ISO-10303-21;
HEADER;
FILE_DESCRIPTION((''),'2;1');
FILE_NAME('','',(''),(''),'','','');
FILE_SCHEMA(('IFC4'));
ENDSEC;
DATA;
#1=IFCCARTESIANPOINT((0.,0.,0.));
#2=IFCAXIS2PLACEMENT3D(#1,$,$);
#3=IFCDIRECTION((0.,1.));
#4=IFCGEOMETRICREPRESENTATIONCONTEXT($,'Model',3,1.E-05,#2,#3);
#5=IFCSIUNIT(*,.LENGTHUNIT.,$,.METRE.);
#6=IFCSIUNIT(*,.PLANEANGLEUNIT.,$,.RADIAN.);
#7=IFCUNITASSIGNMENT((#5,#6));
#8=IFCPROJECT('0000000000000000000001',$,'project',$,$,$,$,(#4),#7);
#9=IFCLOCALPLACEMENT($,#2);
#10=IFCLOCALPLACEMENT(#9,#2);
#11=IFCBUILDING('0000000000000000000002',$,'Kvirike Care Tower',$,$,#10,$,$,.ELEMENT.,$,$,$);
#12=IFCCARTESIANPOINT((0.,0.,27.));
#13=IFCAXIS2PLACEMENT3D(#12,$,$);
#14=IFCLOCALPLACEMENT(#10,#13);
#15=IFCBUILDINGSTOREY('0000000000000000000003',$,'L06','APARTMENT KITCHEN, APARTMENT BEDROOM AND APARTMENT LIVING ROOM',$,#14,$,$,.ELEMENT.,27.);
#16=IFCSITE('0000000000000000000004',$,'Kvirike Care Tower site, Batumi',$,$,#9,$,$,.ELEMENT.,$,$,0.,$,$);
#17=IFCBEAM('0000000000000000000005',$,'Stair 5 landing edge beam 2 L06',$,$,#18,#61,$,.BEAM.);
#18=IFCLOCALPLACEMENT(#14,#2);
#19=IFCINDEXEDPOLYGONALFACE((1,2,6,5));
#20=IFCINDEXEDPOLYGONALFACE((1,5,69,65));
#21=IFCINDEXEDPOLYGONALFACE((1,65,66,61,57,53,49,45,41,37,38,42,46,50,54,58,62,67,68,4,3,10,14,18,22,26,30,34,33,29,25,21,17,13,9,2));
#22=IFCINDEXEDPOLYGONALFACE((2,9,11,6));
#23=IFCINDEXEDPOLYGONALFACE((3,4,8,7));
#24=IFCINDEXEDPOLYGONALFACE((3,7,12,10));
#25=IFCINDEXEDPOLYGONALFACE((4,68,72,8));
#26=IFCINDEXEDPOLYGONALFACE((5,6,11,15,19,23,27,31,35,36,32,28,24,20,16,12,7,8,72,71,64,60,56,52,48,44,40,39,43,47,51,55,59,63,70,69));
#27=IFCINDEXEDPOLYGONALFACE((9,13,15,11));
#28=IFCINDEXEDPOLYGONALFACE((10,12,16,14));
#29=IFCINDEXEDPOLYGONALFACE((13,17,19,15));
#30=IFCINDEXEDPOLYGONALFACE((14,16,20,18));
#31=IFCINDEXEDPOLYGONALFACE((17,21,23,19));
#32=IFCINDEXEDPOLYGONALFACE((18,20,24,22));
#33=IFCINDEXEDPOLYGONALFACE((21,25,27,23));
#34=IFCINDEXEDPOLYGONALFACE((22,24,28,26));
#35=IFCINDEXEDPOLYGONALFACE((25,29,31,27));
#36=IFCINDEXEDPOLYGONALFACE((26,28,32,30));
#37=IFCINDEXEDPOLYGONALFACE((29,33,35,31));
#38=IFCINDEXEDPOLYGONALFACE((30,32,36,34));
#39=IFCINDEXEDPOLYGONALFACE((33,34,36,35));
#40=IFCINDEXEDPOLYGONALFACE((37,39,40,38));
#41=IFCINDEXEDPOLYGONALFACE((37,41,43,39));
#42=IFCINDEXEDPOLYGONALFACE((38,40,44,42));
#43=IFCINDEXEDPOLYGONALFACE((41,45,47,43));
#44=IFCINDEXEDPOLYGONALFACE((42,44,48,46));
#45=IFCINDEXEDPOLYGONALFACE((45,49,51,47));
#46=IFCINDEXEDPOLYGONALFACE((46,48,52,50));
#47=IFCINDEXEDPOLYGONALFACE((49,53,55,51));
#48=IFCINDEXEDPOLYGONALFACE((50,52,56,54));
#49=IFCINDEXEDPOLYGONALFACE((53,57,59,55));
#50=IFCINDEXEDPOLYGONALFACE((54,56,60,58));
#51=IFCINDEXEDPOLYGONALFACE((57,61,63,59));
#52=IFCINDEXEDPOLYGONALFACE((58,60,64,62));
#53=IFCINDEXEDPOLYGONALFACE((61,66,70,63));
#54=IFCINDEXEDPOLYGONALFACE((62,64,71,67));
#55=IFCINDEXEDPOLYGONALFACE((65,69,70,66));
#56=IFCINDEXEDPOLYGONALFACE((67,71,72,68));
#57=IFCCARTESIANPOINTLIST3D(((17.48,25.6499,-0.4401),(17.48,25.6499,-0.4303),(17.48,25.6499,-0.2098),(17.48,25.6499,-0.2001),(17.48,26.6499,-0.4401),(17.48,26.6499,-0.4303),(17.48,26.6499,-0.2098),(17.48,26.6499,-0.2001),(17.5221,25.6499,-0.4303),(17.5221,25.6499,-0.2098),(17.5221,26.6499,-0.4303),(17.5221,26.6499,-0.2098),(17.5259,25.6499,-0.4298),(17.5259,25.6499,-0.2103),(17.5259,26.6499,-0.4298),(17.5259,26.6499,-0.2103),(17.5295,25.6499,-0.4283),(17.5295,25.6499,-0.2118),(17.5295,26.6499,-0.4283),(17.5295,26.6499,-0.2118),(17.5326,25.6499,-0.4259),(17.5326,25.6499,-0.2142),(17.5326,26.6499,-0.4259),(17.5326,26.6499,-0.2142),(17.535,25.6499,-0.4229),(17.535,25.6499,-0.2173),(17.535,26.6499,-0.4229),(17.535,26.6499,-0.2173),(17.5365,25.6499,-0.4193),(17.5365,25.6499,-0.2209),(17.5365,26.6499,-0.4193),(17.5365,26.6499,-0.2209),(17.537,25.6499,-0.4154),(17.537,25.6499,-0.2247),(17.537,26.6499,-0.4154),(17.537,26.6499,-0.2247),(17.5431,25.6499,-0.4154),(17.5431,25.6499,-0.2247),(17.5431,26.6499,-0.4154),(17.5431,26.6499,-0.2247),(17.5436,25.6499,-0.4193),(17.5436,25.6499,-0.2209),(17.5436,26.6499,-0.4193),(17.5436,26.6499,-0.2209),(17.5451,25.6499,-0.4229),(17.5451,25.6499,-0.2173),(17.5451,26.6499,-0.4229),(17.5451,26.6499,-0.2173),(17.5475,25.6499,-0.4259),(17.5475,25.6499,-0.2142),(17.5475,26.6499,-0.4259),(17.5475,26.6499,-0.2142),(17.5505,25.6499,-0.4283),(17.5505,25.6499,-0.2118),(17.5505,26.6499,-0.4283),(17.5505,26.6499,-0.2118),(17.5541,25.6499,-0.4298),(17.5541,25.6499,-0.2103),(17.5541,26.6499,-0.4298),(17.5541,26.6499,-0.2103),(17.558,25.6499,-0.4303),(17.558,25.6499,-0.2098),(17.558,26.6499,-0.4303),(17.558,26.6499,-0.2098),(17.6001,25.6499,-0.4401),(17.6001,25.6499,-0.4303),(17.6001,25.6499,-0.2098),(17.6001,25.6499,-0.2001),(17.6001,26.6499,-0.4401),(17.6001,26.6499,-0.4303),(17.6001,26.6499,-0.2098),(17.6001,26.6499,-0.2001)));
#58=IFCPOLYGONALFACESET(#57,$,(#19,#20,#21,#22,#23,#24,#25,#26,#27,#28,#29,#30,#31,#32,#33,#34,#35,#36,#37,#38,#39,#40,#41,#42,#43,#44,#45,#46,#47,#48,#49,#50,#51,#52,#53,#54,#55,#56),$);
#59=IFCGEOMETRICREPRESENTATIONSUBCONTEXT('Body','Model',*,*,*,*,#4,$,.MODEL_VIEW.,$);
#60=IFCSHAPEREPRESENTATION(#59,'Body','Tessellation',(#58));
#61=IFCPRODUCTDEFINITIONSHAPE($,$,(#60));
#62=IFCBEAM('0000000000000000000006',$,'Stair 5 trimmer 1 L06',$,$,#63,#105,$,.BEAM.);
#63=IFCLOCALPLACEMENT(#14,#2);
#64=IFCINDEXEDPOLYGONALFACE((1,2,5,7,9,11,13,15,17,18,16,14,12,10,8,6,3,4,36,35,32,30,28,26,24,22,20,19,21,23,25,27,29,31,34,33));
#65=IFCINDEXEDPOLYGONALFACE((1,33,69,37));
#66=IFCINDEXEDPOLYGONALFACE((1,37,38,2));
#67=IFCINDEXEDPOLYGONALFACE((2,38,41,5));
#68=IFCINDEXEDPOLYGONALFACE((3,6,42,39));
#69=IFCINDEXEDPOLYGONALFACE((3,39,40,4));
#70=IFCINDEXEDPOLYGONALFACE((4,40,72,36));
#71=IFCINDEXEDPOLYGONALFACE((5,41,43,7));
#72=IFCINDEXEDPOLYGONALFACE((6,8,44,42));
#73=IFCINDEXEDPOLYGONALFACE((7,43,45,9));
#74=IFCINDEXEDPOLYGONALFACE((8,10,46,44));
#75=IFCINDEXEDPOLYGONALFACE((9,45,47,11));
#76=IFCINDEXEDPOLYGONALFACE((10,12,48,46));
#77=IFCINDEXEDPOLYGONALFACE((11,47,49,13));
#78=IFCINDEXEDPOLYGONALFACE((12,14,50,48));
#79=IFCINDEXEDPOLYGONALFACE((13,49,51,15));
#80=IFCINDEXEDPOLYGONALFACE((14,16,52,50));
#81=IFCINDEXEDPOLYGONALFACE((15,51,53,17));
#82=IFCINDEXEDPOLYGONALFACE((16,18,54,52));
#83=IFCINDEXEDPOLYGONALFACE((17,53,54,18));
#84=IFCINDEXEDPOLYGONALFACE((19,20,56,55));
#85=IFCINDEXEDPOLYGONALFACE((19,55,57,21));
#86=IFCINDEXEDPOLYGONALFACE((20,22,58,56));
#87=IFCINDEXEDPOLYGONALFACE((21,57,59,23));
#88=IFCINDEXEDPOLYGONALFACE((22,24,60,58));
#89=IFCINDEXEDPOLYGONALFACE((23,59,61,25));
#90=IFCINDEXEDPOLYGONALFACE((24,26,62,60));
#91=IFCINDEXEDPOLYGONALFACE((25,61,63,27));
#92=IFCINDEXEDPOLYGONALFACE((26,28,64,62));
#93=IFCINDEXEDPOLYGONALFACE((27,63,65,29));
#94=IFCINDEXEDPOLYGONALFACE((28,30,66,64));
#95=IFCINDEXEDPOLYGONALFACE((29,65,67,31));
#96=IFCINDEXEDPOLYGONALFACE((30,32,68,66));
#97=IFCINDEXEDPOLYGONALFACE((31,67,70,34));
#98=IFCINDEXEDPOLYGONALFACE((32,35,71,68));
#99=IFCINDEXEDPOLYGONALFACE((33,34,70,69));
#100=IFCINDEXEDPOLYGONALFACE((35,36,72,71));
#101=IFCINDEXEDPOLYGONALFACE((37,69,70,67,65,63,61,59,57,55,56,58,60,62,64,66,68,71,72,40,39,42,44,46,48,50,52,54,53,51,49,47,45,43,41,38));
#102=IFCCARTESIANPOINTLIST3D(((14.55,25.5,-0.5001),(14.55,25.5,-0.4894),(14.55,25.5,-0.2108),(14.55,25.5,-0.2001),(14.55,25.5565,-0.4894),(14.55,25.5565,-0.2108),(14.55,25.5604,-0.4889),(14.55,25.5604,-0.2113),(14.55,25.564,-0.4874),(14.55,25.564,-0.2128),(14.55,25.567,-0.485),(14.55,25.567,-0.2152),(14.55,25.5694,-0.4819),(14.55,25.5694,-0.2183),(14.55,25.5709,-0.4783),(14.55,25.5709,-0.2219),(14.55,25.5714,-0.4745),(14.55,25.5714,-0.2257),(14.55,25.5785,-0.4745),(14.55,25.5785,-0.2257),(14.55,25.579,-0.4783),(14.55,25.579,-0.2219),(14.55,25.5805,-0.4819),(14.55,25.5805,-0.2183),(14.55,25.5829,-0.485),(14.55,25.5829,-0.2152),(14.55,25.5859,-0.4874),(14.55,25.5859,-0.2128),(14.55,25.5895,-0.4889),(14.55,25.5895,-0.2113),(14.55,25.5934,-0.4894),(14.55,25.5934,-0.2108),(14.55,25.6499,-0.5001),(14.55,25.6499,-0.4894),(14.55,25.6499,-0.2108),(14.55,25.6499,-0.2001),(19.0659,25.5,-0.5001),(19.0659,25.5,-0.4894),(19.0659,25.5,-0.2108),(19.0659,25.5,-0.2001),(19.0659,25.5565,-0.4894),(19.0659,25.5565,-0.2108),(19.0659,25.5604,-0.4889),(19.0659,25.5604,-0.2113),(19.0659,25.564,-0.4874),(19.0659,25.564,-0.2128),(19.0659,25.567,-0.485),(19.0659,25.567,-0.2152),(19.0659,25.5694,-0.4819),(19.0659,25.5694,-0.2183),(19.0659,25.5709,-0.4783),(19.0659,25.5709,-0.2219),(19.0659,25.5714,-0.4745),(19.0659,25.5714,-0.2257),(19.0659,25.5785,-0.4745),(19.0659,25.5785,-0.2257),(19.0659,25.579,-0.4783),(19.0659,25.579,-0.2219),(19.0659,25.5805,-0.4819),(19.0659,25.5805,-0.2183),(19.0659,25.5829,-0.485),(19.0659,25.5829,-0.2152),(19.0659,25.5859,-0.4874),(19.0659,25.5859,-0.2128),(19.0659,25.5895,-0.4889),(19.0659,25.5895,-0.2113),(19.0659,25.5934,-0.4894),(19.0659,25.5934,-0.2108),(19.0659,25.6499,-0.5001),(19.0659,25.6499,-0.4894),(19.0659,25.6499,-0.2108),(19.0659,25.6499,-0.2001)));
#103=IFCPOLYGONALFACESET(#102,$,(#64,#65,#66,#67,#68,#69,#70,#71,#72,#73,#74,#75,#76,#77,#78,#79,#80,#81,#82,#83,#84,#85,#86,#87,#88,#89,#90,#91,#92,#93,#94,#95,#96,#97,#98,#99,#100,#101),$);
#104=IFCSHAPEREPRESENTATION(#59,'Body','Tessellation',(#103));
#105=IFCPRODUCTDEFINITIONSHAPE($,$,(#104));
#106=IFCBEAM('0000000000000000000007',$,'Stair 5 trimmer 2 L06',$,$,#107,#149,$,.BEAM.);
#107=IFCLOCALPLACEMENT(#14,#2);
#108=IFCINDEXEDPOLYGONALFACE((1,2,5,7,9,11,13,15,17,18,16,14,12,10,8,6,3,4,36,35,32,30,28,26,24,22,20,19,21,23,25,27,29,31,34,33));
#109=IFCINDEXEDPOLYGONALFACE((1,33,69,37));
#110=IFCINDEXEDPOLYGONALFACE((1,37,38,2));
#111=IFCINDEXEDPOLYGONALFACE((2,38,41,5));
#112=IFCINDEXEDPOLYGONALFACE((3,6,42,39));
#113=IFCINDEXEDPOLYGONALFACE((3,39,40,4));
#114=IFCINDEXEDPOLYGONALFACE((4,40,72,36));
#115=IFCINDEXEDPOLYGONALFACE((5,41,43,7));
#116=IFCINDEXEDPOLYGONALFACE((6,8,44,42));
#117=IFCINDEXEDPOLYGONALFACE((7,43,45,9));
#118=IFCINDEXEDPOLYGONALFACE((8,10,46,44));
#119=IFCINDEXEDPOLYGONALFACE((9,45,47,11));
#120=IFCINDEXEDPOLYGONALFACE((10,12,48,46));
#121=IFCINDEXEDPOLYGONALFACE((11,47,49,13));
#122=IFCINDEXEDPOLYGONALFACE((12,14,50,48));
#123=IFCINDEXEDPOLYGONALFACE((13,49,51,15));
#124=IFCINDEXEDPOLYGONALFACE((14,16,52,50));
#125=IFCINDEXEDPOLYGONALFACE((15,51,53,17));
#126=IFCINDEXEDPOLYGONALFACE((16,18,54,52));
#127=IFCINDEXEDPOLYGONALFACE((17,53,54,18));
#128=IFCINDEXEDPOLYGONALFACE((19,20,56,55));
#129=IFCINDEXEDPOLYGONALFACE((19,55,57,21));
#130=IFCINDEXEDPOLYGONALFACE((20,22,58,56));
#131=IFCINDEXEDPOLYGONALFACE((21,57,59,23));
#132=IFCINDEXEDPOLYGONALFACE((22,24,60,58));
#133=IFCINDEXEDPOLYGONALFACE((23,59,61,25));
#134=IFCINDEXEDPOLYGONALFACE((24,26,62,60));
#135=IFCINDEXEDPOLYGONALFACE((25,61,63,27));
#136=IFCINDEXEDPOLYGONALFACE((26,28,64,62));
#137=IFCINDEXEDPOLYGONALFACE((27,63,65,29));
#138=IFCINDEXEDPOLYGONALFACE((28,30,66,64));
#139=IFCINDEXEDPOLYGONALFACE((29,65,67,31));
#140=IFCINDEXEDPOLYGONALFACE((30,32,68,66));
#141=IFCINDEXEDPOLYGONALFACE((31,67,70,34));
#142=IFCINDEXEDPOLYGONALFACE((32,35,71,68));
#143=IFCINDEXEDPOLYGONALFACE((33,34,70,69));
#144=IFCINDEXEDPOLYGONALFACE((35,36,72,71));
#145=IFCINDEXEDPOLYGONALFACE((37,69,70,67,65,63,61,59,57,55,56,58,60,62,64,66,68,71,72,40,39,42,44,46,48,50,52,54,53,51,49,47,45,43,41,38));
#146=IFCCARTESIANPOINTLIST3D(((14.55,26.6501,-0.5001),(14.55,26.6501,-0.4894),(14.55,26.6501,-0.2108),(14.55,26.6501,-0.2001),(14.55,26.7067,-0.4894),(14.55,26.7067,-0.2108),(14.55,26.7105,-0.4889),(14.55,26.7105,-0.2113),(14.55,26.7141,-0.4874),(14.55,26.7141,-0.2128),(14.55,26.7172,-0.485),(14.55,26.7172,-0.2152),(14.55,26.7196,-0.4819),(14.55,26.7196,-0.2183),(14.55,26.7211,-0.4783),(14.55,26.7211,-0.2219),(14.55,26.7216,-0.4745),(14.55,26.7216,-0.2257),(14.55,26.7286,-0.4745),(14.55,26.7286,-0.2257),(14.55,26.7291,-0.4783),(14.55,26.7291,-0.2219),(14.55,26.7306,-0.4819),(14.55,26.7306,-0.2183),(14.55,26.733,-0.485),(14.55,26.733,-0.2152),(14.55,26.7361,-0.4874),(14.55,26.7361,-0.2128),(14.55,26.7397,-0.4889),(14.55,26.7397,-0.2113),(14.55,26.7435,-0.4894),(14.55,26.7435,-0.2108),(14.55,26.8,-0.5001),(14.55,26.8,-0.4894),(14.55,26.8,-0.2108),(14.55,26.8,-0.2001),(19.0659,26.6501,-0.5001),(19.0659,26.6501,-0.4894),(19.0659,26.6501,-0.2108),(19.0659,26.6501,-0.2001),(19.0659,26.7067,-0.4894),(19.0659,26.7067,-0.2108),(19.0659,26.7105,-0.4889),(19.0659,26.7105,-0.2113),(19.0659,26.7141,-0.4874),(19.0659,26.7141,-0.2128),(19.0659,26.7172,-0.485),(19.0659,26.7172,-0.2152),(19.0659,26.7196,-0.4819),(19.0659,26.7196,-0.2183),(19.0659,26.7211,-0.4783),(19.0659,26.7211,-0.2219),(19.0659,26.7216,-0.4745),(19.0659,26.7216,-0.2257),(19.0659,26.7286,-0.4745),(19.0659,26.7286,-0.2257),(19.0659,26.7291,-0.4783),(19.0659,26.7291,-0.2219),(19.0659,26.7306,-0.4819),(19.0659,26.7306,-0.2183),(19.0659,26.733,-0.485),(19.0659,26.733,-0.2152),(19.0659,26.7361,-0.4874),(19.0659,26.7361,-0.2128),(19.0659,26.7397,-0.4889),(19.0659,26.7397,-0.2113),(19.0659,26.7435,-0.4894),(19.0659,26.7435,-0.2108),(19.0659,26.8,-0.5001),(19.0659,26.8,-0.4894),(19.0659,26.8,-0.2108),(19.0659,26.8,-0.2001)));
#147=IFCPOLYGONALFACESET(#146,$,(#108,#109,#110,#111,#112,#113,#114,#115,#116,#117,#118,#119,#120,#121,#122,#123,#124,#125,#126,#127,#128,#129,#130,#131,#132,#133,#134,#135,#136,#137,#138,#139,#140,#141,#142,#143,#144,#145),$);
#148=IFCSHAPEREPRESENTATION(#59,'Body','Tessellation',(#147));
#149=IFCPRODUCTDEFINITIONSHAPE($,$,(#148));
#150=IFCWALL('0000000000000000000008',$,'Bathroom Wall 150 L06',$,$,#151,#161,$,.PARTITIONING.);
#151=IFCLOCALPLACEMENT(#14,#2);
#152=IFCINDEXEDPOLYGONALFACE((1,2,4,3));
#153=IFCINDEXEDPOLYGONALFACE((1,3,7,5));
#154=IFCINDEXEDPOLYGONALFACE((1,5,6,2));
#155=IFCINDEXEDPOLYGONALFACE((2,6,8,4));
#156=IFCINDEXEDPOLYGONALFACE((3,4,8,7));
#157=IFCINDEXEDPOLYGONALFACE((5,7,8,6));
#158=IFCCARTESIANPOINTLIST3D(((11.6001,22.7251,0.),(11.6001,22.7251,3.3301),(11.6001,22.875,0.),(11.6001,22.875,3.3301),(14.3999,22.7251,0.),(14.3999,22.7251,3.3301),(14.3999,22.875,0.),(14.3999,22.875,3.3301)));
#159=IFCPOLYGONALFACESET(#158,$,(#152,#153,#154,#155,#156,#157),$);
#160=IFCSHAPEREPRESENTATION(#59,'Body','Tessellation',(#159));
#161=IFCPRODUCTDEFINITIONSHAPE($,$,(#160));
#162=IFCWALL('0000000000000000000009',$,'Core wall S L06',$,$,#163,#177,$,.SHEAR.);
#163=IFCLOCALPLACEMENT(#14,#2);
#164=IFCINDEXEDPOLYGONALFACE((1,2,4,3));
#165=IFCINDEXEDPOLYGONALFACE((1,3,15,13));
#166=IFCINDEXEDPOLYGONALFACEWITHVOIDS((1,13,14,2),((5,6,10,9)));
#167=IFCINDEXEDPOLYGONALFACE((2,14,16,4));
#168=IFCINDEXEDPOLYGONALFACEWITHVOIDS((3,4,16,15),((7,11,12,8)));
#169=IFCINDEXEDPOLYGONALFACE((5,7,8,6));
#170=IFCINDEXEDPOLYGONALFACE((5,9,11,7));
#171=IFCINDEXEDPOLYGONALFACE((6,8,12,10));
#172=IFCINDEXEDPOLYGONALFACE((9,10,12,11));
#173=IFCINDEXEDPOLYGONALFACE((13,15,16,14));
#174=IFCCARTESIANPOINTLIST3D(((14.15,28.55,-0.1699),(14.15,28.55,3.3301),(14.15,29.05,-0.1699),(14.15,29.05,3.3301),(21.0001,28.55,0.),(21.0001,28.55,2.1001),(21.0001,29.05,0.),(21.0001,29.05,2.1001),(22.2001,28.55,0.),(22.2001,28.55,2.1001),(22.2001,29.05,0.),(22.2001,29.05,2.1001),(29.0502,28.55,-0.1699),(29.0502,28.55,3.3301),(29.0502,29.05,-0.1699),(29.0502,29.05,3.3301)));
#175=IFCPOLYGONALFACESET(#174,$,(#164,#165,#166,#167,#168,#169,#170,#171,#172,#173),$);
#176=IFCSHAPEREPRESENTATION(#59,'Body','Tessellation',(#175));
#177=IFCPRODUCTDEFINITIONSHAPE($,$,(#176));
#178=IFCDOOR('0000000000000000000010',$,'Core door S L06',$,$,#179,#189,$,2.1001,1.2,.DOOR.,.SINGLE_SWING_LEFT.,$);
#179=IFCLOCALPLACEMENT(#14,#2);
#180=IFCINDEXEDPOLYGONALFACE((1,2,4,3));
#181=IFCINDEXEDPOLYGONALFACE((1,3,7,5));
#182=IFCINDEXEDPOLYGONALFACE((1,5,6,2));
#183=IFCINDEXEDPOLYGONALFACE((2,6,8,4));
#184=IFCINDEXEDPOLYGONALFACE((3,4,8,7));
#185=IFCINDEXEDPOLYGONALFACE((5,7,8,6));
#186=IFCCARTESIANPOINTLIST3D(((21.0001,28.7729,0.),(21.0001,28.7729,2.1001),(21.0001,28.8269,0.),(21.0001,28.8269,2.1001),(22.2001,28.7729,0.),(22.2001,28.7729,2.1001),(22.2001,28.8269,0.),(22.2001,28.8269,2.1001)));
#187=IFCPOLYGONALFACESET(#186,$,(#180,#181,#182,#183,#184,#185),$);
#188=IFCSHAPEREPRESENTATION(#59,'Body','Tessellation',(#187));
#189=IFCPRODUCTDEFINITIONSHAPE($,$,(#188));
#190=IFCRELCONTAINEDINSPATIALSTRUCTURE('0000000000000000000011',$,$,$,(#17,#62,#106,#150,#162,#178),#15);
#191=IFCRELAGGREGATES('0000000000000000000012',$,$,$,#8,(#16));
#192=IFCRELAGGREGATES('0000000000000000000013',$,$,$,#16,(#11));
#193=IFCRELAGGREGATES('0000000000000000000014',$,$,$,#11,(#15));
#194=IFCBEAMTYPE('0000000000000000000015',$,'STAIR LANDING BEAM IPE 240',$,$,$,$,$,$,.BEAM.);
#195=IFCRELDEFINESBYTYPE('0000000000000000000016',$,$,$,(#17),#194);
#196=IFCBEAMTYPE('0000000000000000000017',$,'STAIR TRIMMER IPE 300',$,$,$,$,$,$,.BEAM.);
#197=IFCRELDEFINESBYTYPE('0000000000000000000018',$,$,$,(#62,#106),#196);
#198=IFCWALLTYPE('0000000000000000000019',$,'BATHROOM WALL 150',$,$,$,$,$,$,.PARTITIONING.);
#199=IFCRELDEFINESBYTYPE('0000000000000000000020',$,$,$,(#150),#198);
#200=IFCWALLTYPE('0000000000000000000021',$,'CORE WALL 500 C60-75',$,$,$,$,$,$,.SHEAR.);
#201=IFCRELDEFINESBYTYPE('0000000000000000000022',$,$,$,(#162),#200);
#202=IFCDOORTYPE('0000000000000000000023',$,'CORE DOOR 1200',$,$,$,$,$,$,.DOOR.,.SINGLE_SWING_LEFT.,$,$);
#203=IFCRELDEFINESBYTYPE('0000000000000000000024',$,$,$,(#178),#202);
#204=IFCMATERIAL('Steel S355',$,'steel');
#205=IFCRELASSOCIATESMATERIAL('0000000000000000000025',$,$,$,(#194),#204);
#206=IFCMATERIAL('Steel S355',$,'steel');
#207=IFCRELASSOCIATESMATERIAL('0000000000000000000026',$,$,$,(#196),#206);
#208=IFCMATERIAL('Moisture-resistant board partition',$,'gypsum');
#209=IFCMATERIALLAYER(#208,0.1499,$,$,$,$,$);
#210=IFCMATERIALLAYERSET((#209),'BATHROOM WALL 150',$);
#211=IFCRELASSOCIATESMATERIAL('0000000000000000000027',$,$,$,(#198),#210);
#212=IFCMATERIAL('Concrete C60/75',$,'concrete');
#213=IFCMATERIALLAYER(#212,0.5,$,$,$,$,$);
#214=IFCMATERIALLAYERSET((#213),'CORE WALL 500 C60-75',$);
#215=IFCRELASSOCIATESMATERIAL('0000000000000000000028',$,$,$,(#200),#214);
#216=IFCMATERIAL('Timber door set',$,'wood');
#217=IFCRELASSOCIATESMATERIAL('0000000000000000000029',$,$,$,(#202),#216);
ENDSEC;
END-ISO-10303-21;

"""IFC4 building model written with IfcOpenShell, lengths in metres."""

from ifc_helpers import new_model, si_unit, direction, frame, frame_2d, origin, origin_2d, place, context, subcontext, project, spatial, rectangle, i_section, extrude, material, layer, layer_set, material_profile, profile_set, type_object, element, fill, save


model = new_model("IFC4")

# Units and contexts
model_context = context("Model", 3, precision=1e-05, world=origin(), true_north=direction((0.0, 1.0)))
body_context = subcontext(model_context, "Body", "Model", "MODEL_VIEW")
ifc_project = project(units=[si_unit("LENGTHUNIT", "METRE"), si_unit("PLANEANGLEUNIT", "RADIAN")], contexts=[model_context])

# Site, building, storey
site_placement = place(None, origin())
site = spatial("IfcSite", under=ifc_project, at=site_placement, Name="Kvirike Care Tower site, Batumi", CompositionType="ELEMENT", RefElevation=0.0)
building_placement = place(site_placement, origin())
building = spatial("IfcBuilding", under=site, at=building_placement, Name="Kvirike Care Tower", CompositionType="ELEMENT")
storey_placement = place(building_placement, frame((0.0, 0.0, 27.0)))
storey = spatial("IfcBuildingStorey", under=building, at=storey_placement, Name="L06", Description="APARTMENT KITCHEN, APARTMENT BEDROOM AND APARTMENT LIVING ROOM", CompositionType="ELEMENT", Elevation=27.0)

# Beams
ifc_material_1 = material(Name="Steel S355", Category="steel")
ifc_material_profile_1 = material_profile(ifc_material_1, i_section(OverallWidth=0.1201, OverallDepth=0.24, WebThickness=0.0061, FlangeThickness=0.0098, FilletRadius=0.0149, at=origin_2d()), Name="IPE 240")
ifc_profile_set_1 = profile_set([ifc_material_profile_1], Name="Steel S355")
beam_type_1 = type_object("IfcBeamType", Name="STAIR LANDING BEAM IPE 240", PredefinedType="BEAM", material=ifc_profile_set_1)
for number, where, z_axis, x_axis, name in (
    (1, (17.54, 25.6499, -0.3201), (0.0, 1.0, 0.0), (-1.0, 0.0, 0.0), "Stair 5 landing edge beam 2 L06"),
):
    element("IfcBeam", number, at=place(storey_placement, frame(where, z_axis=z_axis, x_axis=x_axis)), inside=storey, type_object=beam_type_1, Name=name, PredefinedType="BEAM", context=body_context, shape_type="SweptSolid", body=[
        extrude(i_section(OverallWidth=0.1201, OverallDepth=0.24, WebThickness=0.0061, FlangeThickness=0.0098, FilletRadius=0.0149, at=origin_2d()), origin(), (0.0, 0.0, 1.0), 1.0),
    ])
ifc_material_2 = material(Name="Steel S355", Category="steel")
ifc_material_profile_2 = material_profile(ifc_material_2, i_section(OverallWidth=0.1499, OverallDepth=0.3, WebThickness=0.0071, FlangeThickness=0.0107, FilletRadius=0.0149, at=origin_2d()), Name="IPE 300")
ifc_profile_set_2 = profile_set([ifc_material_profile_2], Name="Steel S355")
beam_type_2 = type_object("IfcBeamType", Name="STAIR TRIMMER IPE 300", PredefinedType="BEAM", material=ifc_profile_set_2)
for number, where, z_axis, x_axis, name in (
    (2, (14.55, 25.575, -0.3501), (1.0, 0.0, 0.0), (0.0, 1.0, 0.0), "Stair 5 trimmer 1 L06"),
    (3, (14.55, 26.7251, -0.3501), (1.0, 0.0, 0.0), (0.0, 1.0, 0.0), "Stair 5 trimmer 2 L06"),
):
    element("IfcBeam", number, at=place(storey_placement, frame(where, z_axis=z_axis, x_axis=x_axis)), inside=storey, type_object=beam_type_2, Name=name, PredefinedType="BEAM", context=body_context, shape_type="SweptSolid", body=[
        extrude(i_section(OverallWidth=0.1499, OverallDepth=0.3, WebThickness=0.0071, FlangeThickness=0.0107, FilletRadius=0.0149, at=origin_2d()), origin(), (0.0, 0.0, 1.0), 4.5159),
    ])

# Wall
ifc_material_3 = material(Name="Moisture-resistant board partition", Category="gypsum")
ifc_layer_1 = layer(ifc_material_3, 0.1499)
ifc_layer_set_1 = layer_set([ifc_layer_1], Name="BATHROOM WALL 150")
wall_type_1 = type_object("IfcWallType", Name="BATHROOM WALL 150", PredefinedType="PARTITIONING", material=ifc_layer_set_1)
wall_1_placement = place(storey_placement, frame((11.6001, 22.8, 0.0), z_axis=(0.0, 0.0, 1.0), x_axis=(1.0, 0.0, 0.0)))
element("IfcWall", 4, at=wall_1_placement, inside=storey, type_object=wall_type_1, Name="Bathroom Wall 150 L06", PredefinedType="PARTITIONING", context=body_context, shape_type="SweptSolid", body=[
    extrude(rectangle(XDim=2.7998, YDim=0.1499, at=frame_2d((1.3999, 0.0))), origin(), (0.0, 0.0, 1.0), 3.3301),
])

# Wall, opening, door
ifc_material_4 = material(Name="Concrete C60/75", Category="concrete")
ifc_layer_2 = layer(ifc_material_4, 0.5)
ifc_layer_set_2 = layer_set([ifc_layer_2], Name="CORE WALL 500 C60-75")
wall_type_2 = type_object("IfcWallType", Name="CORE WALL 500 C60-75", PredefinedType="SHEAR", material=ifc_layer_set_2)
wall_2_placement = place(storey_placement, frame((14.1499, 28.8, -0.1699), z_axis=(0.0, 0.0, 1.0), x_axis=(1.0, 0.0, 0.0)))
wall_2 = element("IfcWall", 5, at=wall_2_placement, inside=storey, type_object=wall_type_2, Name="Core wall S L06", PredefinedType="SHEAR", context=body_context, shape_type="SweptSolid", body=[
    extrude(rectangle(XDim=14.9001, YDim=0.5, at=frame_2d((7.4502, 0.0))), origin(), (0.0, 0.0, 1.0), 3.5),
])
opening_1_placement = place(wall_2_placement, frame((6.8501, 0.0, 0.1699)))
opening_1 = element("IfcOpeningElement", 6, at=opening_1_placement, cuts=wall_2, PredefinedType="OPENING", context=body_context, shape_type="SweptSolid", body=[
    extrude(rectangle(XDim=1.2, YDim=2.1001, at=frame_2d((0.6001, 1.05))), frame((0.0, 0.2605, 0.0), z_axis=(0.0, -1.0, 0.0), x_axis=(1.0, 0.0, 0.0)), (0.0, 0.0, 1.0), 0.521),
])
ifc_material_5 = material(Name="Timber door set", Category="wood")
door_type_1 = type_object("IfcDoorType", Name="CORE DOOR 1200", OperationType="SINGLE_SWING_LEFT", PredefinedType="DOOR", material=ifc_material_5)
door_1_placement = place(opening_1_placement, origin())
door_1 = element("IfcDoor", 7, at=door_1_placement, inside=storey, type_object=door_type_1, Name="Core door S L06", OperationType="SINGLE_SWING_LEFT", OverallHeight=2.1001, OverallWidth=1.2, PredefinedType="DOOR", context=body_context, shape_type="SweptSolid", body=[
    extrude(rectangle(XDim=1.2, YDim=2.1001, at=frame_2d((0.6001, 1.05))), frame((0.0, 0.0269, 0.0), z_axis=(0.0, -1.0, 0.0), x_axis=(1.0, 0.0, 0.0)), (0.0, 0.0, 1.0), 0.054),
])
fill(opening_1, door_1)

save(model, "model.ifc")
